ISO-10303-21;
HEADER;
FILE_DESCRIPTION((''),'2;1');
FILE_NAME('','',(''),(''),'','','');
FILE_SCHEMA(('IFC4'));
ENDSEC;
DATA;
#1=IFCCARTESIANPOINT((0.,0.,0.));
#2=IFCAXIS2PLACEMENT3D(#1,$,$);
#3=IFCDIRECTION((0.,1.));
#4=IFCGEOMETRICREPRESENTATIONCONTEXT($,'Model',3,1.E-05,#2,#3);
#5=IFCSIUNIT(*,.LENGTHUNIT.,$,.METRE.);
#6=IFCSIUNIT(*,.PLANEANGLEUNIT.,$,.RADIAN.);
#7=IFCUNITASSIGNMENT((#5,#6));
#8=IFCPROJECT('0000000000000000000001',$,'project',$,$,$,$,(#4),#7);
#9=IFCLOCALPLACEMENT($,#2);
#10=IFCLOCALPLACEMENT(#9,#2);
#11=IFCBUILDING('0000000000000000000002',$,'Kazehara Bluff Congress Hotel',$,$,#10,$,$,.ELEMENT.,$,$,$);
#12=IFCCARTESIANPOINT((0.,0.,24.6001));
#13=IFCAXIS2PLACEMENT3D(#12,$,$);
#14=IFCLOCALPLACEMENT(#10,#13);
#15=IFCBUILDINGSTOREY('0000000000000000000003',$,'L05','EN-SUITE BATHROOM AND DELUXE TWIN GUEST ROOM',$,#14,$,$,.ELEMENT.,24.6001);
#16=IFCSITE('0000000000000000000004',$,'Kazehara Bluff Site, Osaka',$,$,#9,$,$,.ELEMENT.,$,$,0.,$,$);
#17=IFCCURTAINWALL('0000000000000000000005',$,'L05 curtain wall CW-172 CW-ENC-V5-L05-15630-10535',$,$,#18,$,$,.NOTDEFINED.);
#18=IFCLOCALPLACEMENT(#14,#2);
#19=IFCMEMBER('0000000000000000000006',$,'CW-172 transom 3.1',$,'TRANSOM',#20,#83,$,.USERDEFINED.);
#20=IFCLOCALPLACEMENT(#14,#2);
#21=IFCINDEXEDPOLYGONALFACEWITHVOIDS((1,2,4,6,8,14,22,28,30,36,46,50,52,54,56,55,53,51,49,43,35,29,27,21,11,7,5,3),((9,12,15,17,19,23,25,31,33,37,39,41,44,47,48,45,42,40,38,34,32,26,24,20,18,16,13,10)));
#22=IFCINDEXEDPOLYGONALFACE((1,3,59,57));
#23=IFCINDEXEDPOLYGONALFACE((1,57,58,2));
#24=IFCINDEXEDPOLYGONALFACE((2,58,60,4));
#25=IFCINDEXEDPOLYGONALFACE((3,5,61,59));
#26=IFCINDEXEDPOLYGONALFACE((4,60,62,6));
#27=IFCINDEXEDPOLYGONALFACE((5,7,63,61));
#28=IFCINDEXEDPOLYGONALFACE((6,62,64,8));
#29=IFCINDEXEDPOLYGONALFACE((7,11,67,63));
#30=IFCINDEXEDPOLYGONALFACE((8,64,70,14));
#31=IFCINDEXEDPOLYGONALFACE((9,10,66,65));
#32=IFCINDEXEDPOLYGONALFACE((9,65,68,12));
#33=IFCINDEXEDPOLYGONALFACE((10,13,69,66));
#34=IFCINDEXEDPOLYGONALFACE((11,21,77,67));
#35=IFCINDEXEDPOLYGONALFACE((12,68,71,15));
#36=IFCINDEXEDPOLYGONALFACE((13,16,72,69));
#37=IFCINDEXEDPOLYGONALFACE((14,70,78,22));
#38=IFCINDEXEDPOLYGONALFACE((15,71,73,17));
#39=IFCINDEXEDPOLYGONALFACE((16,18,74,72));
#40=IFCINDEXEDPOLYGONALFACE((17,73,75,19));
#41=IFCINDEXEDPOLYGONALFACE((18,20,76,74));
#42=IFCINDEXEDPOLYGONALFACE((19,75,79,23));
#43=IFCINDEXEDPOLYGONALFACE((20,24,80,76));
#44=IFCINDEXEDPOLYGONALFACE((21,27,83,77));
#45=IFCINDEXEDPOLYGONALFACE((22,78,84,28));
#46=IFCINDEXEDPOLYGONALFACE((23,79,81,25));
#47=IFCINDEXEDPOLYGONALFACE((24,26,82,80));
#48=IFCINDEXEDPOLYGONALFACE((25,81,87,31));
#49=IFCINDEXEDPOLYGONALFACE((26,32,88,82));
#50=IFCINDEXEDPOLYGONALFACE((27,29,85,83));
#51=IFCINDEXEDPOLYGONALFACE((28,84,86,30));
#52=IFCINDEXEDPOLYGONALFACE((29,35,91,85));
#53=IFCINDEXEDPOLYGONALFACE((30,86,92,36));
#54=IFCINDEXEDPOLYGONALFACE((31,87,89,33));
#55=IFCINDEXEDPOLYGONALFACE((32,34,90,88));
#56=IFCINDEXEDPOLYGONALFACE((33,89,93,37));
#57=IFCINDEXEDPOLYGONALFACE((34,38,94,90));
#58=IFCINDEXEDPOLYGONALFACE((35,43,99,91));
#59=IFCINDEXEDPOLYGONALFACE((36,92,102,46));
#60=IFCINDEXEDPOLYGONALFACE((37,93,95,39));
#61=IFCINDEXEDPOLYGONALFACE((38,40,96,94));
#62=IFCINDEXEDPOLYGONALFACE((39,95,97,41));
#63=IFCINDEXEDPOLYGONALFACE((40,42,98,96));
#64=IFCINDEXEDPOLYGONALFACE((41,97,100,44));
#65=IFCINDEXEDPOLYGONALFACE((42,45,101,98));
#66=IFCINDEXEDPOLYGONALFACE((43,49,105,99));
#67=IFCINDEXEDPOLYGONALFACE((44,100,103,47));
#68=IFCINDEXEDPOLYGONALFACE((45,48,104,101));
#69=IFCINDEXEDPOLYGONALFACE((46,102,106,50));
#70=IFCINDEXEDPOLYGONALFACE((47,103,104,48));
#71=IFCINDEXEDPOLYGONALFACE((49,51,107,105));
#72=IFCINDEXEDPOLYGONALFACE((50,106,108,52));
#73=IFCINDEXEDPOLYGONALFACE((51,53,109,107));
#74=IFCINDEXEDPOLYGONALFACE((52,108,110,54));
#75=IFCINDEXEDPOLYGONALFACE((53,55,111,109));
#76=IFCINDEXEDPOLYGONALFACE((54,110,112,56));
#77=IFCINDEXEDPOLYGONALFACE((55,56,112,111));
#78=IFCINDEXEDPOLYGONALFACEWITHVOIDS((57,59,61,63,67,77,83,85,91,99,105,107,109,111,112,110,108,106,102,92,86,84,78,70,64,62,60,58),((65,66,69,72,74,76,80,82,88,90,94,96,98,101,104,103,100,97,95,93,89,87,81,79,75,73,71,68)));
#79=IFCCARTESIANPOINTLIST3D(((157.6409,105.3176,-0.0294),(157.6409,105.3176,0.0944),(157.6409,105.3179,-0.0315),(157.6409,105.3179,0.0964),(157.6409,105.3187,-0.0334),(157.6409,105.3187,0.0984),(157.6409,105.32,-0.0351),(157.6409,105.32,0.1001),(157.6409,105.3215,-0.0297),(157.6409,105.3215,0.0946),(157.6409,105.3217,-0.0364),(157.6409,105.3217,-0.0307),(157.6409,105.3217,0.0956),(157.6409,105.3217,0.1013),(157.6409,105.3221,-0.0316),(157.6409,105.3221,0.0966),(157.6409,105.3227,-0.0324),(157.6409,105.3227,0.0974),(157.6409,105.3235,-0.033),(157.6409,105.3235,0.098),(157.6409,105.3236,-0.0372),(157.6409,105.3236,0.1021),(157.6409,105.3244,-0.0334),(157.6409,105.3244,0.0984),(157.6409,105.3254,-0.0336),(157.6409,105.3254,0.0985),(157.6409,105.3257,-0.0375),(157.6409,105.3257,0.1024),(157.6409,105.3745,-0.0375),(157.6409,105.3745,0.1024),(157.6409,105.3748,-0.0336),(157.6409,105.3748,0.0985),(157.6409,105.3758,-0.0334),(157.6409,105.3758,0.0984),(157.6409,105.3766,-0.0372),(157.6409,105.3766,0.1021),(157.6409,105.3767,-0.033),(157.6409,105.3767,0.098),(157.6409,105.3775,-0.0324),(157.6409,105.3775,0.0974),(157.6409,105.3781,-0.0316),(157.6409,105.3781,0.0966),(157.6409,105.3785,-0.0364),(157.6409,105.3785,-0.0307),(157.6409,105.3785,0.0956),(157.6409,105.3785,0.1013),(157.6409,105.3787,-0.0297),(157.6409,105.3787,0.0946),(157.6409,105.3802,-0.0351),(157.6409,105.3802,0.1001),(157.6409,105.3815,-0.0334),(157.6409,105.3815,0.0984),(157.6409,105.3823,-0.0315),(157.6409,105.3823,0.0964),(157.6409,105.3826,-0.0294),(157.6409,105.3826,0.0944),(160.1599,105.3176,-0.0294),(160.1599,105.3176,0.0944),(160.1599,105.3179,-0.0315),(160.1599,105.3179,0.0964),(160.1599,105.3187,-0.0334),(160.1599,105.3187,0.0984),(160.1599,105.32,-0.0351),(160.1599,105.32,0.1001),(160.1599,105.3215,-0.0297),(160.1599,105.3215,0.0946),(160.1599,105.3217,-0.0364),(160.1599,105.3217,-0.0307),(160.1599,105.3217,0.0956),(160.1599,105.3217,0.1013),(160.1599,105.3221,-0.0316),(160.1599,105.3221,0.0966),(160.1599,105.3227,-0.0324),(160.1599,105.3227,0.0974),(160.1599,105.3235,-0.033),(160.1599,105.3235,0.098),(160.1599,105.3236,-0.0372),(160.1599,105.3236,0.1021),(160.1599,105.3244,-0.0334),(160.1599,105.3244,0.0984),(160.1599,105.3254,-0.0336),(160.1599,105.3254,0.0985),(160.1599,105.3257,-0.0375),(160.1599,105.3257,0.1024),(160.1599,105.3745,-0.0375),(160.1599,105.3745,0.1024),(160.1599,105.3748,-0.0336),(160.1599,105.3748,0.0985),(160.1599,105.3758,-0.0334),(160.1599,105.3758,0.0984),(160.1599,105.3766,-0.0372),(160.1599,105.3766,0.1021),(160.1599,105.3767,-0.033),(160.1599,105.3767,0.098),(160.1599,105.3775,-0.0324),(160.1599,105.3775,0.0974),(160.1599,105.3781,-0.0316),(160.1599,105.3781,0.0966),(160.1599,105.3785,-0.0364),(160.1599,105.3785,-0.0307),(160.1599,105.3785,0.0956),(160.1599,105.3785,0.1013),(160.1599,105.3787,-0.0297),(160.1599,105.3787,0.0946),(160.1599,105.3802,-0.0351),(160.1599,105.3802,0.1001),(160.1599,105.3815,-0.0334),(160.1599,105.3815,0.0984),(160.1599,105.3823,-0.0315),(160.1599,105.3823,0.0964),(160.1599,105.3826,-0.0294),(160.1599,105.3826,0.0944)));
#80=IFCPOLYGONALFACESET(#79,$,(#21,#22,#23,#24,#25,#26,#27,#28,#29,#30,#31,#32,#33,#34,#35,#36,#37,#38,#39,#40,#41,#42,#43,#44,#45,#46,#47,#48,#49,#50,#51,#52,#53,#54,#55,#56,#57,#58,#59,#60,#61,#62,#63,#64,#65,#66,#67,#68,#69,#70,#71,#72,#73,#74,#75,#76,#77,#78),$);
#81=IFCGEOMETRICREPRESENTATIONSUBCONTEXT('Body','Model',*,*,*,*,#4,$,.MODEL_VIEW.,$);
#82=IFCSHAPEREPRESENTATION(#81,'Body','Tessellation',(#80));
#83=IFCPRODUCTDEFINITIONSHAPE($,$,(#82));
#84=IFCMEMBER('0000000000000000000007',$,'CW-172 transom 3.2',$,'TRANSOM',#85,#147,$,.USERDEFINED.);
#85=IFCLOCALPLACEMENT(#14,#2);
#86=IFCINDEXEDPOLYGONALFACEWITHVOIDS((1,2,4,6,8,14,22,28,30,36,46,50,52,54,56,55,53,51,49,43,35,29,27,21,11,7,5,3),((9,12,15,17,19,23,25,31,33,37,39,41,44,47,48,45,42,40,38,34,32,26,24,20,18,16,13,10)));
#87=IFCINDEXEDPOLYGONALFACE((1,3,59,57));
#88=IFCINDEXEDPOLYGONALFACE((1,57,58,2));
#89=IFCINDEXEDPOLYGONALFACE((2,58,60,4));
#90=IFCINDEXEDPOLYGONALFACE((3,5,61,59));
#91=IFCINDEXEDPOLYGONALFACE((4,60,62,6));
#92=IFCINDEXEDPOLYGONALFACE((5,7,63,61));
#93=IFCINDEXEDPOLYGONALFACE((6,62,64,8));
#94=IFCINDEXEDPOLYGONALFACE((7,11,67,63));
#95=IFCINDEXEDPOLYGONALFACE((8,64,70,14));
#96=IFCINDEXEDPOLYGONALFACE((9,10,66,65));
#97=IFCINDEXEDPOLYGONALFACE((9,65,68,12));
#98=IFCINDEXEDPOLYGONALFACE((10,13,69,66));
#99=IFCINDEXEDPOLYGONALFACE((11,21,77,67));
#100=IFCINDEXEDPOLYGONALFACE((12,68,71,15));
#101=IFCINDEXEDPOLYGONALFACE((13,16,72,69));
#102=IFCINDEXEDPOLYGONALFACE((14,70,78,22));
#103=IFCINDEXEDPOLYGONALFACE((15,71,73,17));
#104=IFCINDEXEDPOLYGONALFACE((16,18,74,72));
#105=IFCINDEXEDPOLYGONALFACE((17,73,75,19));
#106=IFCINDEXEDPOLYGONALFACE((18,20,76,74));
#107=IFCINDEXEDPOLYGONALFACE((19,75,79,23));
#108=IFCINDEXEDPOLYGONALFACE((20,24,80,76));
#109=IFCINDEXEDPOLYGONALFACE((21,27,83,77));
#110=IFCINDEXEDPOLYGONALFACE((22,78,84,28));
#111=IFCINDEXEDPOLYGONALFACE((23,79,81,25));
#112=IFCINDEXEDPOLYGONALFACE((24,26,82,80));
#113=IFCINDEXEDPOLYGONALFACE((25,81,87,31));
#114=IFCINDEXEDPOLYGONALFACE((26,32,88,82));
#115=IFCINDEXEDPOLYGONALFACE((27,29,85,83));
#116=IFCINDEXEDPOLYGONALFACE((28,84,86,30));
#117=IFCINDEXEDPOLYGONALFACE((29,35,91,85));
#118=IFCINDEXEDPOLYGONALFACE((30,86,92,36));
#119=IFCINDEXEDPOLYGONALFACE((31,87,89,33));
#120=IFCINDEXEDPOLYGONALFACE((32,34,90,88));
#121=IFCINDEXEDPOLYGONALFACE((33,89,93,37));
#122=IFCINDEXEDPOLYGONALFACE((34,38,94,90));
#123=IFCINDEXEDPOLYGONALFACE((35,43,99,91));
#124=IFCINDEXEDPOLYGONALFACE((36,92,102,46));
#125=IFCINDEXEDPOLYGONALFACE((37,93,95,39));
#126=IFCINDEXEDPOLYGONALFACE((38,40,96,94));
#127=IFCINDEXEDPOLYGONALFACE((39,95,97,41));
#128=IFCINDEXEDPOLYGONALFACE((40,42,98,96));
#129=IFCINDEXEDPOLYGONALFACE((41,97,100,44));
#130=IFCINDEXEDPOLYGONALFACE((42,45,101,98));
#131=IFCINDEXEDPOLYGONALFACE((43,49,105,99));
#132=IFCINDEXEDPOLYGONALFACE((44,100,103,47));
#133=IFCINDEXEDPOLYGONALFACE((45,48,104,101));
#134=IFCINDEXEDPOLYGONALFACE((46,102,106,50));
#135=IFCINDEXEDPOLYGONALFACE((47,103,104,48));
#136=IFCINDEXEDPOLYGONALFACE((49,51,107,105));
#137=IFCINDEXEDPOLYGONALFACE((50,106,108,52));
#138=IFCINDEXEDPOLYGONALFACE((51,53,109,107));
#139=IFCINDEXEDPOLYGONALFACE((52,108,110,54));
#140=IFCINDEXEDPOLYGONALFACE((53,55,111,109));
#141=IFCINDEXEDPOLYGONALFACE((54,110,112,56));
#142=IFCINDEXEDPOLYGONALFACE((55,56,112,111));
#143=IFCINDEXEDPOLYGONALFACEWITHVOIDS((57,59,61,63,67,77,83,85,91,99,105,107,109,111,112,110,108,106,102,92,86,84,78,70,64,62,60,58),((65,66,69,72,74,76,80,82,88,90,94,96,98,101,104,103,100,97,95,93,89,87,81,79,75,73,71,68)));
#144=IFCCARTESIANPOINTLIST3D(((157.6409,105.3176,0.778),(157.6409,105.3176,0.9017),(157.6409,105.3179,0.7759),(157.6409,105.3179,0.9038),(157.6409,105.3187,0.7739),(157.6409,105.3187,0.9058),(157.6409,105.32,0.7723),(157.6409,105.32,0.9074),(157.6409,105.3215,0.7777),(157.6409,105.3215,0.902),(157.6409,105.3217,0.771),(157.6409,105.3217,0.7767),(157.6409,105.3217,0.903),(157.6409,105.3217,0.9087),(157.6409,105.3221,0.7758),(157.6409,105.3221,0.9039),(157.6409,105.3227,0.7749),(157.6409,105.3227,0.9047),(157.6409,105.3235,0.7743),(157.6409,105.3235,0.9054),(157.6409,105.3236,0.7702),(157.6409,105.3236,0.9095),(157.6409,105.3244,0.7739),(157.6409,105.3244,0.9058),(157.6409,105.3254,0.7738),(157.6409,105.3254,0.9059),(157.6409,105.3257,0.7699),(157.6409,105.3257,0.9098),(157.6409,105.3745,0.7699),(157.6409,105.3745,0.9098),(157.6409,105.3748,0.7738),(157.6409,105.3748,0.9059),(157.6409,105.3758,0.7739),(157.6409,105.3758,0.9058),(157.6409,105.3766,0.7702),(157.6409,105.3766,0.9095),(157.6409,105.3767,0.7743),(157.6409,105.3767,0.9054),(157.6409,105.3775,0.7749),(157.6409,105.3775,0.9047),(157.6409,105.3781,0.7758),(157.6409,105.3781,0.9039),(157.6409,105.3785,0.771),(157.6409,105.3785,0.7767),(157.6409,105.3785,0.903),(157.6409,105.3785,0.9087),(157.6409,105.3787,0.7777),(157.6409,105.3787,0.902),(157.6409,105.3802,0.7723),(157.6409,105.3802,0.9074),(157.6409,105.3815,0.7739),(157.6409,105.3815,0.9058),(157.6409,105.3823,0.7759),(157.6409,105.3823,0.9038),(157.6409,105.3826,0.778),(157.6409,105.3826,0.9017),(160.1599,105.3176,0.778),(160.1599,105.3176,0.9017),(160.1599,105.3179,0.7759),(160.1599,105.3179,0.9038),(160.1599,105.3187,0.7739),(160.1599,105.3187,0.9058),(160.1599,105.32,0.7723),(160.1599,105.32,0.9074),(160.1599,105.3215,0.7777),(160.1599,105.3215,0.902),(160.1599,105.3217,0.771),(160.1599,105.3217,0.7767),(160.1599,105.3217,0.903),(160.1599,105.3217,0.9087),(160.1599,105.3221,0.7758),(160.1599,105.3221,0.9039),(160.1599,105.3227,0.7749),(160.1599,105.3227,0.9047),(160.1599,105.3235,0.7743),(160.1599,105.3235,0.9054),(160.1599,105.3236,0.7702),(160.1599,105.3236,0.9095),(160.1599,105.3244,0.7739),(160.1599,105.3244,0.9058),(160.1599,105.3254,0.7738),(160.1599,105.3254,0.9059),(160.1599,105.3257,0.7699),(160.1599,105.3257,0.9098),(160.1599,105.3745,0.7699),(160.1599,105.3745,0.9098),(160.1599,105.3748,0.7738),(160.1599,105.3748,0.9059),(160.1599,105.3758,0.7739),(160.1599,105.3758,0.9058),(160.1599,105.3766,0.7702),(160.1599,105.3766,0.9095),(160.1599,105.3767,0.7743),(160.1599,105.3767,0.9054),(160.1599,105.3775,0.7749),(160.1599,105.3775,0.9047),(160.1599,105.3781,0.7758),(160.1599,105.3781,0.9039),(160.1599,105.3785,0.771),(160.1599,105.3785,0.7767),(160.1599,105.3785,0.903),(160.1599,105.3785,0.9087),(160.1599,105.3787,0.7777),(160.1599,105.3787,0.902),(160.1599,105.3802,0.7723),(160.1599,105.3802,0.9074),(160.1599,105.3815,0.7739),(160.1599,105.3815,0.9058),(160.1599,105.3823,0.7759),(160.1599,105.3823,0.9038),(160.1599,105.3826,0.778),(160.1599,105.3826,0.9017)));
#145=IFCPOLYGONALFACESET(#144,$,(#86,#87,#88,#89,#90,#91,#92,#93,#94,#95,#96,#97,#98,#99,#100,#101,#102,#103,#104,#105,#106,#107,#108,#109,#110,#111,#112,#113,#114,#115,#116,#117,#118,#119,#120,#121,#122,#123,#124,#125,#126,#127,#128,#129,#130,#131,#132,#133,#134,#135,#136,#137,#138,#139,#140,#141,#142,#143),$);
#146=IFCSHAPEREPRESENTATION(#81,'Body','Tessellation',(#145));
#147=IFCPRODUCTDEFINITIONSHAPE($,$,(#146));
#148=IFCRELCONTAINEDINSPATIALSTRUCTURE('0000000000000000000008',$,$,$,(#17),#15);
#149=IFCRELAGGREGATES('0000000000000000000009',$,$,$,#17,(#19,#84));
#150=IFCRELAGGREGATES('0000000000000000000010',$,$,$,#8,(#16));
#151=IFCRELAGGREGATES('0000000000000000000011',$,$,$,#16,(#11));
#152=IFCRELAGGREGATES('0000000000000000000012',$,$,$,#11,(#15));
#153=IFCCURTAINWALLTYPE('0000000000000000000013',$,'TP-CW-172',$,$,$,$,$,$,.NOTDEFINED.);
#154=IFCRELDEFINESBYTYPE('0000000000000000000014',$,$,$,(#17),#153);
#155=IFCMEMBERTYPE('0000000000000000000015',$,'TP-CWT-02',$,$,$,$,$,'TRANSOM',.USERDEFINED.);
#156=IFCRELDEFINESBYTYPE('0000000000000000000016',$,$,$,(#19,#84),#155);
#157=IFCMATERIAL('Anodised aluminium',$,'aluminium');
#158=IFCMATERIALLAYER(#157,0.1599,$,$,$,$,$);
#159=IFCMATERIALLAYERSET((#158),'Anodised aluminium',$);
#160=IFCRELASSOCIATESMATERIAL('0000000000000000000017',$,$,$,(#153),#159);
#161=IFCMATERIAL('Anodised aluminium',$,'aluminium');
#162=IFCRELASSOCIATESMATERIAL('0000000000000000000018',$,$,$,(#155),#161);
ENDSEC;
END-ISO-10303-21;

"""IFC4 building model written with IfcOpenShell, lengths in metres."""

from ifc_helpers import new_model, si_unit, direction, frame, origin, origin_2d, place, context, subcontext, project, spatial, hollow_rectangle, extrude, material, layer, layer_set, material_profile, profile_set, type_object, element, aggregate, save


model = new_model("IFC4")

# Units and contexts
model_context = context("Model", 3, precision=1e-05, world=origin(), true_north=direction((0.0, 1.0)))
body_context = subcontext(model_context, "Body", "Model", "MODEL_VIEW")
ifc_project = project(units=[si_unit("LENGTHUNIT", "METRE"), si_unit("PLANEANGLEUNIT", "RADIAN")], contexts=[model_context])

# Site, building, storey
site_placement = place(None, origin())
site = spatial("IfcSite", under=ifc_project, at=site_placement, Name="Kazehara Bluff Site, Osaka", CompositionType="ELEMENT", RefElevation=0.0)
building_placement = place(site_placement, origin())
building = spatial("IfcBuilding", under=site, at=building_placement, Name="Kazehara Bluff Congress Hotel", CompositionType="ELEMENT")
storey_placement = place(building_placement, frame((0.0, 0.0, 24.6001)))
storey = spatial("IfcBuildingStorey", under=building, at=storey_placement, Name="L05", Description="EN-SUITE BATHROOM AND DELUXE TWIN GUEST ROOM", CompositionType="ELEMENT", Elevation=24.6001)

# Curtain wall, members
ifc_material_1 = material(Name="Anodised aluminium", Category="aluminium")
ifc_layer_1 = layer(ifc_material_1, 0.1599)
ifc_layer_set_1 = layer_set([ifc_layer_1], Name="Anodised aluminium")
curtain_wall_type = type_object("IfcCurtainWallType", Name="TP-CW-172", PredefinedType="NOTDEFINED", material=ifc_layer_set_1)
curtain_wall_placement = place(storey_placement, origin())
curtain_wall = element("IfcCurtainWall", 1, at=curtain_wall_placement, inside=storey, type_object=curtain_wall_type, Name="L05 curtain wall CW-172 CW-ENC-V5-L05-15630-10535", PredefinedType="NOTDEFINED")
ifc_material_2 = material(Name="Anodised aluminium", Category="aluminium")
ifc_material_profile_1 = material_profile(ifc_material_2, hollow_rectangle(XDim=0.0649, YDim=0.1399, WallThickness=0.0039, InnerFilletRadius=0.0039, OuterFilletRadius=0.0081, at=origin_2d()))
ifc_profile_set_1 = profile_set([ifc_material_profile_1], Name="Anodised aluminium")
member_type_1 = type_object("IfcMemberType", Name="TP-CWT-02", ElementType="TRANSOM", PredefinedType="USERDEFINED", material=ifc_profile_set_1)
member_1_placement = place(storey_placement, frame((157.6409, 105.3501, 0.0325), z_axis=(1.0, 0.0, 0.0), x_axis=(0.0, 1.0, 0.0)))
member_1 = element("IfcMember", 2, at=member_1_placement, type_object=member_type_1, Name="CW-172 transom 3.1", ObjectType="TRANSOM", PredefinedType="USERDEFINED", context=body_context, shape_type="SweptSolid", body=[
    extrude(hollow_rectangle(XDim=0.0649, YDim=0.1399, WallThickness=0.0039, InnerFilletRadius=0.0039, OuterFilletRadius=0.0081, at=origin_2d()), origin(), (0.0, 0.0, 1.0), 2.519),
])
member_2_placement = place(storey_placement, frame((157.6409, 105.3501, 0.8398), z_axis=(1.0, 0.0, 0.0), x_axis=(0.0, 1.0, 0.0)))
member_2 = element("IfcMember", 3, at=member_2_placement, type_object=member_type_1, Name="CW-172 transom 3.2", ObjectType="TRANSOM", PredefinedType="USERDEFINED", context=body_context, shape_type="SweptSolid", body=[
    extrude(hollow_rectangle(XDim=0.0649, YDim=0.1399, WallThickness=0.0039, InnerFilletRadius=0.0039, OuterFilletRadius=0.0081, at=origin_2d()), origin(), (0.0, 0.0, 1.0), 2.519),
])

aggregate(curtain_wall, [member_1, member_2])

save(model, "model.ifc")
